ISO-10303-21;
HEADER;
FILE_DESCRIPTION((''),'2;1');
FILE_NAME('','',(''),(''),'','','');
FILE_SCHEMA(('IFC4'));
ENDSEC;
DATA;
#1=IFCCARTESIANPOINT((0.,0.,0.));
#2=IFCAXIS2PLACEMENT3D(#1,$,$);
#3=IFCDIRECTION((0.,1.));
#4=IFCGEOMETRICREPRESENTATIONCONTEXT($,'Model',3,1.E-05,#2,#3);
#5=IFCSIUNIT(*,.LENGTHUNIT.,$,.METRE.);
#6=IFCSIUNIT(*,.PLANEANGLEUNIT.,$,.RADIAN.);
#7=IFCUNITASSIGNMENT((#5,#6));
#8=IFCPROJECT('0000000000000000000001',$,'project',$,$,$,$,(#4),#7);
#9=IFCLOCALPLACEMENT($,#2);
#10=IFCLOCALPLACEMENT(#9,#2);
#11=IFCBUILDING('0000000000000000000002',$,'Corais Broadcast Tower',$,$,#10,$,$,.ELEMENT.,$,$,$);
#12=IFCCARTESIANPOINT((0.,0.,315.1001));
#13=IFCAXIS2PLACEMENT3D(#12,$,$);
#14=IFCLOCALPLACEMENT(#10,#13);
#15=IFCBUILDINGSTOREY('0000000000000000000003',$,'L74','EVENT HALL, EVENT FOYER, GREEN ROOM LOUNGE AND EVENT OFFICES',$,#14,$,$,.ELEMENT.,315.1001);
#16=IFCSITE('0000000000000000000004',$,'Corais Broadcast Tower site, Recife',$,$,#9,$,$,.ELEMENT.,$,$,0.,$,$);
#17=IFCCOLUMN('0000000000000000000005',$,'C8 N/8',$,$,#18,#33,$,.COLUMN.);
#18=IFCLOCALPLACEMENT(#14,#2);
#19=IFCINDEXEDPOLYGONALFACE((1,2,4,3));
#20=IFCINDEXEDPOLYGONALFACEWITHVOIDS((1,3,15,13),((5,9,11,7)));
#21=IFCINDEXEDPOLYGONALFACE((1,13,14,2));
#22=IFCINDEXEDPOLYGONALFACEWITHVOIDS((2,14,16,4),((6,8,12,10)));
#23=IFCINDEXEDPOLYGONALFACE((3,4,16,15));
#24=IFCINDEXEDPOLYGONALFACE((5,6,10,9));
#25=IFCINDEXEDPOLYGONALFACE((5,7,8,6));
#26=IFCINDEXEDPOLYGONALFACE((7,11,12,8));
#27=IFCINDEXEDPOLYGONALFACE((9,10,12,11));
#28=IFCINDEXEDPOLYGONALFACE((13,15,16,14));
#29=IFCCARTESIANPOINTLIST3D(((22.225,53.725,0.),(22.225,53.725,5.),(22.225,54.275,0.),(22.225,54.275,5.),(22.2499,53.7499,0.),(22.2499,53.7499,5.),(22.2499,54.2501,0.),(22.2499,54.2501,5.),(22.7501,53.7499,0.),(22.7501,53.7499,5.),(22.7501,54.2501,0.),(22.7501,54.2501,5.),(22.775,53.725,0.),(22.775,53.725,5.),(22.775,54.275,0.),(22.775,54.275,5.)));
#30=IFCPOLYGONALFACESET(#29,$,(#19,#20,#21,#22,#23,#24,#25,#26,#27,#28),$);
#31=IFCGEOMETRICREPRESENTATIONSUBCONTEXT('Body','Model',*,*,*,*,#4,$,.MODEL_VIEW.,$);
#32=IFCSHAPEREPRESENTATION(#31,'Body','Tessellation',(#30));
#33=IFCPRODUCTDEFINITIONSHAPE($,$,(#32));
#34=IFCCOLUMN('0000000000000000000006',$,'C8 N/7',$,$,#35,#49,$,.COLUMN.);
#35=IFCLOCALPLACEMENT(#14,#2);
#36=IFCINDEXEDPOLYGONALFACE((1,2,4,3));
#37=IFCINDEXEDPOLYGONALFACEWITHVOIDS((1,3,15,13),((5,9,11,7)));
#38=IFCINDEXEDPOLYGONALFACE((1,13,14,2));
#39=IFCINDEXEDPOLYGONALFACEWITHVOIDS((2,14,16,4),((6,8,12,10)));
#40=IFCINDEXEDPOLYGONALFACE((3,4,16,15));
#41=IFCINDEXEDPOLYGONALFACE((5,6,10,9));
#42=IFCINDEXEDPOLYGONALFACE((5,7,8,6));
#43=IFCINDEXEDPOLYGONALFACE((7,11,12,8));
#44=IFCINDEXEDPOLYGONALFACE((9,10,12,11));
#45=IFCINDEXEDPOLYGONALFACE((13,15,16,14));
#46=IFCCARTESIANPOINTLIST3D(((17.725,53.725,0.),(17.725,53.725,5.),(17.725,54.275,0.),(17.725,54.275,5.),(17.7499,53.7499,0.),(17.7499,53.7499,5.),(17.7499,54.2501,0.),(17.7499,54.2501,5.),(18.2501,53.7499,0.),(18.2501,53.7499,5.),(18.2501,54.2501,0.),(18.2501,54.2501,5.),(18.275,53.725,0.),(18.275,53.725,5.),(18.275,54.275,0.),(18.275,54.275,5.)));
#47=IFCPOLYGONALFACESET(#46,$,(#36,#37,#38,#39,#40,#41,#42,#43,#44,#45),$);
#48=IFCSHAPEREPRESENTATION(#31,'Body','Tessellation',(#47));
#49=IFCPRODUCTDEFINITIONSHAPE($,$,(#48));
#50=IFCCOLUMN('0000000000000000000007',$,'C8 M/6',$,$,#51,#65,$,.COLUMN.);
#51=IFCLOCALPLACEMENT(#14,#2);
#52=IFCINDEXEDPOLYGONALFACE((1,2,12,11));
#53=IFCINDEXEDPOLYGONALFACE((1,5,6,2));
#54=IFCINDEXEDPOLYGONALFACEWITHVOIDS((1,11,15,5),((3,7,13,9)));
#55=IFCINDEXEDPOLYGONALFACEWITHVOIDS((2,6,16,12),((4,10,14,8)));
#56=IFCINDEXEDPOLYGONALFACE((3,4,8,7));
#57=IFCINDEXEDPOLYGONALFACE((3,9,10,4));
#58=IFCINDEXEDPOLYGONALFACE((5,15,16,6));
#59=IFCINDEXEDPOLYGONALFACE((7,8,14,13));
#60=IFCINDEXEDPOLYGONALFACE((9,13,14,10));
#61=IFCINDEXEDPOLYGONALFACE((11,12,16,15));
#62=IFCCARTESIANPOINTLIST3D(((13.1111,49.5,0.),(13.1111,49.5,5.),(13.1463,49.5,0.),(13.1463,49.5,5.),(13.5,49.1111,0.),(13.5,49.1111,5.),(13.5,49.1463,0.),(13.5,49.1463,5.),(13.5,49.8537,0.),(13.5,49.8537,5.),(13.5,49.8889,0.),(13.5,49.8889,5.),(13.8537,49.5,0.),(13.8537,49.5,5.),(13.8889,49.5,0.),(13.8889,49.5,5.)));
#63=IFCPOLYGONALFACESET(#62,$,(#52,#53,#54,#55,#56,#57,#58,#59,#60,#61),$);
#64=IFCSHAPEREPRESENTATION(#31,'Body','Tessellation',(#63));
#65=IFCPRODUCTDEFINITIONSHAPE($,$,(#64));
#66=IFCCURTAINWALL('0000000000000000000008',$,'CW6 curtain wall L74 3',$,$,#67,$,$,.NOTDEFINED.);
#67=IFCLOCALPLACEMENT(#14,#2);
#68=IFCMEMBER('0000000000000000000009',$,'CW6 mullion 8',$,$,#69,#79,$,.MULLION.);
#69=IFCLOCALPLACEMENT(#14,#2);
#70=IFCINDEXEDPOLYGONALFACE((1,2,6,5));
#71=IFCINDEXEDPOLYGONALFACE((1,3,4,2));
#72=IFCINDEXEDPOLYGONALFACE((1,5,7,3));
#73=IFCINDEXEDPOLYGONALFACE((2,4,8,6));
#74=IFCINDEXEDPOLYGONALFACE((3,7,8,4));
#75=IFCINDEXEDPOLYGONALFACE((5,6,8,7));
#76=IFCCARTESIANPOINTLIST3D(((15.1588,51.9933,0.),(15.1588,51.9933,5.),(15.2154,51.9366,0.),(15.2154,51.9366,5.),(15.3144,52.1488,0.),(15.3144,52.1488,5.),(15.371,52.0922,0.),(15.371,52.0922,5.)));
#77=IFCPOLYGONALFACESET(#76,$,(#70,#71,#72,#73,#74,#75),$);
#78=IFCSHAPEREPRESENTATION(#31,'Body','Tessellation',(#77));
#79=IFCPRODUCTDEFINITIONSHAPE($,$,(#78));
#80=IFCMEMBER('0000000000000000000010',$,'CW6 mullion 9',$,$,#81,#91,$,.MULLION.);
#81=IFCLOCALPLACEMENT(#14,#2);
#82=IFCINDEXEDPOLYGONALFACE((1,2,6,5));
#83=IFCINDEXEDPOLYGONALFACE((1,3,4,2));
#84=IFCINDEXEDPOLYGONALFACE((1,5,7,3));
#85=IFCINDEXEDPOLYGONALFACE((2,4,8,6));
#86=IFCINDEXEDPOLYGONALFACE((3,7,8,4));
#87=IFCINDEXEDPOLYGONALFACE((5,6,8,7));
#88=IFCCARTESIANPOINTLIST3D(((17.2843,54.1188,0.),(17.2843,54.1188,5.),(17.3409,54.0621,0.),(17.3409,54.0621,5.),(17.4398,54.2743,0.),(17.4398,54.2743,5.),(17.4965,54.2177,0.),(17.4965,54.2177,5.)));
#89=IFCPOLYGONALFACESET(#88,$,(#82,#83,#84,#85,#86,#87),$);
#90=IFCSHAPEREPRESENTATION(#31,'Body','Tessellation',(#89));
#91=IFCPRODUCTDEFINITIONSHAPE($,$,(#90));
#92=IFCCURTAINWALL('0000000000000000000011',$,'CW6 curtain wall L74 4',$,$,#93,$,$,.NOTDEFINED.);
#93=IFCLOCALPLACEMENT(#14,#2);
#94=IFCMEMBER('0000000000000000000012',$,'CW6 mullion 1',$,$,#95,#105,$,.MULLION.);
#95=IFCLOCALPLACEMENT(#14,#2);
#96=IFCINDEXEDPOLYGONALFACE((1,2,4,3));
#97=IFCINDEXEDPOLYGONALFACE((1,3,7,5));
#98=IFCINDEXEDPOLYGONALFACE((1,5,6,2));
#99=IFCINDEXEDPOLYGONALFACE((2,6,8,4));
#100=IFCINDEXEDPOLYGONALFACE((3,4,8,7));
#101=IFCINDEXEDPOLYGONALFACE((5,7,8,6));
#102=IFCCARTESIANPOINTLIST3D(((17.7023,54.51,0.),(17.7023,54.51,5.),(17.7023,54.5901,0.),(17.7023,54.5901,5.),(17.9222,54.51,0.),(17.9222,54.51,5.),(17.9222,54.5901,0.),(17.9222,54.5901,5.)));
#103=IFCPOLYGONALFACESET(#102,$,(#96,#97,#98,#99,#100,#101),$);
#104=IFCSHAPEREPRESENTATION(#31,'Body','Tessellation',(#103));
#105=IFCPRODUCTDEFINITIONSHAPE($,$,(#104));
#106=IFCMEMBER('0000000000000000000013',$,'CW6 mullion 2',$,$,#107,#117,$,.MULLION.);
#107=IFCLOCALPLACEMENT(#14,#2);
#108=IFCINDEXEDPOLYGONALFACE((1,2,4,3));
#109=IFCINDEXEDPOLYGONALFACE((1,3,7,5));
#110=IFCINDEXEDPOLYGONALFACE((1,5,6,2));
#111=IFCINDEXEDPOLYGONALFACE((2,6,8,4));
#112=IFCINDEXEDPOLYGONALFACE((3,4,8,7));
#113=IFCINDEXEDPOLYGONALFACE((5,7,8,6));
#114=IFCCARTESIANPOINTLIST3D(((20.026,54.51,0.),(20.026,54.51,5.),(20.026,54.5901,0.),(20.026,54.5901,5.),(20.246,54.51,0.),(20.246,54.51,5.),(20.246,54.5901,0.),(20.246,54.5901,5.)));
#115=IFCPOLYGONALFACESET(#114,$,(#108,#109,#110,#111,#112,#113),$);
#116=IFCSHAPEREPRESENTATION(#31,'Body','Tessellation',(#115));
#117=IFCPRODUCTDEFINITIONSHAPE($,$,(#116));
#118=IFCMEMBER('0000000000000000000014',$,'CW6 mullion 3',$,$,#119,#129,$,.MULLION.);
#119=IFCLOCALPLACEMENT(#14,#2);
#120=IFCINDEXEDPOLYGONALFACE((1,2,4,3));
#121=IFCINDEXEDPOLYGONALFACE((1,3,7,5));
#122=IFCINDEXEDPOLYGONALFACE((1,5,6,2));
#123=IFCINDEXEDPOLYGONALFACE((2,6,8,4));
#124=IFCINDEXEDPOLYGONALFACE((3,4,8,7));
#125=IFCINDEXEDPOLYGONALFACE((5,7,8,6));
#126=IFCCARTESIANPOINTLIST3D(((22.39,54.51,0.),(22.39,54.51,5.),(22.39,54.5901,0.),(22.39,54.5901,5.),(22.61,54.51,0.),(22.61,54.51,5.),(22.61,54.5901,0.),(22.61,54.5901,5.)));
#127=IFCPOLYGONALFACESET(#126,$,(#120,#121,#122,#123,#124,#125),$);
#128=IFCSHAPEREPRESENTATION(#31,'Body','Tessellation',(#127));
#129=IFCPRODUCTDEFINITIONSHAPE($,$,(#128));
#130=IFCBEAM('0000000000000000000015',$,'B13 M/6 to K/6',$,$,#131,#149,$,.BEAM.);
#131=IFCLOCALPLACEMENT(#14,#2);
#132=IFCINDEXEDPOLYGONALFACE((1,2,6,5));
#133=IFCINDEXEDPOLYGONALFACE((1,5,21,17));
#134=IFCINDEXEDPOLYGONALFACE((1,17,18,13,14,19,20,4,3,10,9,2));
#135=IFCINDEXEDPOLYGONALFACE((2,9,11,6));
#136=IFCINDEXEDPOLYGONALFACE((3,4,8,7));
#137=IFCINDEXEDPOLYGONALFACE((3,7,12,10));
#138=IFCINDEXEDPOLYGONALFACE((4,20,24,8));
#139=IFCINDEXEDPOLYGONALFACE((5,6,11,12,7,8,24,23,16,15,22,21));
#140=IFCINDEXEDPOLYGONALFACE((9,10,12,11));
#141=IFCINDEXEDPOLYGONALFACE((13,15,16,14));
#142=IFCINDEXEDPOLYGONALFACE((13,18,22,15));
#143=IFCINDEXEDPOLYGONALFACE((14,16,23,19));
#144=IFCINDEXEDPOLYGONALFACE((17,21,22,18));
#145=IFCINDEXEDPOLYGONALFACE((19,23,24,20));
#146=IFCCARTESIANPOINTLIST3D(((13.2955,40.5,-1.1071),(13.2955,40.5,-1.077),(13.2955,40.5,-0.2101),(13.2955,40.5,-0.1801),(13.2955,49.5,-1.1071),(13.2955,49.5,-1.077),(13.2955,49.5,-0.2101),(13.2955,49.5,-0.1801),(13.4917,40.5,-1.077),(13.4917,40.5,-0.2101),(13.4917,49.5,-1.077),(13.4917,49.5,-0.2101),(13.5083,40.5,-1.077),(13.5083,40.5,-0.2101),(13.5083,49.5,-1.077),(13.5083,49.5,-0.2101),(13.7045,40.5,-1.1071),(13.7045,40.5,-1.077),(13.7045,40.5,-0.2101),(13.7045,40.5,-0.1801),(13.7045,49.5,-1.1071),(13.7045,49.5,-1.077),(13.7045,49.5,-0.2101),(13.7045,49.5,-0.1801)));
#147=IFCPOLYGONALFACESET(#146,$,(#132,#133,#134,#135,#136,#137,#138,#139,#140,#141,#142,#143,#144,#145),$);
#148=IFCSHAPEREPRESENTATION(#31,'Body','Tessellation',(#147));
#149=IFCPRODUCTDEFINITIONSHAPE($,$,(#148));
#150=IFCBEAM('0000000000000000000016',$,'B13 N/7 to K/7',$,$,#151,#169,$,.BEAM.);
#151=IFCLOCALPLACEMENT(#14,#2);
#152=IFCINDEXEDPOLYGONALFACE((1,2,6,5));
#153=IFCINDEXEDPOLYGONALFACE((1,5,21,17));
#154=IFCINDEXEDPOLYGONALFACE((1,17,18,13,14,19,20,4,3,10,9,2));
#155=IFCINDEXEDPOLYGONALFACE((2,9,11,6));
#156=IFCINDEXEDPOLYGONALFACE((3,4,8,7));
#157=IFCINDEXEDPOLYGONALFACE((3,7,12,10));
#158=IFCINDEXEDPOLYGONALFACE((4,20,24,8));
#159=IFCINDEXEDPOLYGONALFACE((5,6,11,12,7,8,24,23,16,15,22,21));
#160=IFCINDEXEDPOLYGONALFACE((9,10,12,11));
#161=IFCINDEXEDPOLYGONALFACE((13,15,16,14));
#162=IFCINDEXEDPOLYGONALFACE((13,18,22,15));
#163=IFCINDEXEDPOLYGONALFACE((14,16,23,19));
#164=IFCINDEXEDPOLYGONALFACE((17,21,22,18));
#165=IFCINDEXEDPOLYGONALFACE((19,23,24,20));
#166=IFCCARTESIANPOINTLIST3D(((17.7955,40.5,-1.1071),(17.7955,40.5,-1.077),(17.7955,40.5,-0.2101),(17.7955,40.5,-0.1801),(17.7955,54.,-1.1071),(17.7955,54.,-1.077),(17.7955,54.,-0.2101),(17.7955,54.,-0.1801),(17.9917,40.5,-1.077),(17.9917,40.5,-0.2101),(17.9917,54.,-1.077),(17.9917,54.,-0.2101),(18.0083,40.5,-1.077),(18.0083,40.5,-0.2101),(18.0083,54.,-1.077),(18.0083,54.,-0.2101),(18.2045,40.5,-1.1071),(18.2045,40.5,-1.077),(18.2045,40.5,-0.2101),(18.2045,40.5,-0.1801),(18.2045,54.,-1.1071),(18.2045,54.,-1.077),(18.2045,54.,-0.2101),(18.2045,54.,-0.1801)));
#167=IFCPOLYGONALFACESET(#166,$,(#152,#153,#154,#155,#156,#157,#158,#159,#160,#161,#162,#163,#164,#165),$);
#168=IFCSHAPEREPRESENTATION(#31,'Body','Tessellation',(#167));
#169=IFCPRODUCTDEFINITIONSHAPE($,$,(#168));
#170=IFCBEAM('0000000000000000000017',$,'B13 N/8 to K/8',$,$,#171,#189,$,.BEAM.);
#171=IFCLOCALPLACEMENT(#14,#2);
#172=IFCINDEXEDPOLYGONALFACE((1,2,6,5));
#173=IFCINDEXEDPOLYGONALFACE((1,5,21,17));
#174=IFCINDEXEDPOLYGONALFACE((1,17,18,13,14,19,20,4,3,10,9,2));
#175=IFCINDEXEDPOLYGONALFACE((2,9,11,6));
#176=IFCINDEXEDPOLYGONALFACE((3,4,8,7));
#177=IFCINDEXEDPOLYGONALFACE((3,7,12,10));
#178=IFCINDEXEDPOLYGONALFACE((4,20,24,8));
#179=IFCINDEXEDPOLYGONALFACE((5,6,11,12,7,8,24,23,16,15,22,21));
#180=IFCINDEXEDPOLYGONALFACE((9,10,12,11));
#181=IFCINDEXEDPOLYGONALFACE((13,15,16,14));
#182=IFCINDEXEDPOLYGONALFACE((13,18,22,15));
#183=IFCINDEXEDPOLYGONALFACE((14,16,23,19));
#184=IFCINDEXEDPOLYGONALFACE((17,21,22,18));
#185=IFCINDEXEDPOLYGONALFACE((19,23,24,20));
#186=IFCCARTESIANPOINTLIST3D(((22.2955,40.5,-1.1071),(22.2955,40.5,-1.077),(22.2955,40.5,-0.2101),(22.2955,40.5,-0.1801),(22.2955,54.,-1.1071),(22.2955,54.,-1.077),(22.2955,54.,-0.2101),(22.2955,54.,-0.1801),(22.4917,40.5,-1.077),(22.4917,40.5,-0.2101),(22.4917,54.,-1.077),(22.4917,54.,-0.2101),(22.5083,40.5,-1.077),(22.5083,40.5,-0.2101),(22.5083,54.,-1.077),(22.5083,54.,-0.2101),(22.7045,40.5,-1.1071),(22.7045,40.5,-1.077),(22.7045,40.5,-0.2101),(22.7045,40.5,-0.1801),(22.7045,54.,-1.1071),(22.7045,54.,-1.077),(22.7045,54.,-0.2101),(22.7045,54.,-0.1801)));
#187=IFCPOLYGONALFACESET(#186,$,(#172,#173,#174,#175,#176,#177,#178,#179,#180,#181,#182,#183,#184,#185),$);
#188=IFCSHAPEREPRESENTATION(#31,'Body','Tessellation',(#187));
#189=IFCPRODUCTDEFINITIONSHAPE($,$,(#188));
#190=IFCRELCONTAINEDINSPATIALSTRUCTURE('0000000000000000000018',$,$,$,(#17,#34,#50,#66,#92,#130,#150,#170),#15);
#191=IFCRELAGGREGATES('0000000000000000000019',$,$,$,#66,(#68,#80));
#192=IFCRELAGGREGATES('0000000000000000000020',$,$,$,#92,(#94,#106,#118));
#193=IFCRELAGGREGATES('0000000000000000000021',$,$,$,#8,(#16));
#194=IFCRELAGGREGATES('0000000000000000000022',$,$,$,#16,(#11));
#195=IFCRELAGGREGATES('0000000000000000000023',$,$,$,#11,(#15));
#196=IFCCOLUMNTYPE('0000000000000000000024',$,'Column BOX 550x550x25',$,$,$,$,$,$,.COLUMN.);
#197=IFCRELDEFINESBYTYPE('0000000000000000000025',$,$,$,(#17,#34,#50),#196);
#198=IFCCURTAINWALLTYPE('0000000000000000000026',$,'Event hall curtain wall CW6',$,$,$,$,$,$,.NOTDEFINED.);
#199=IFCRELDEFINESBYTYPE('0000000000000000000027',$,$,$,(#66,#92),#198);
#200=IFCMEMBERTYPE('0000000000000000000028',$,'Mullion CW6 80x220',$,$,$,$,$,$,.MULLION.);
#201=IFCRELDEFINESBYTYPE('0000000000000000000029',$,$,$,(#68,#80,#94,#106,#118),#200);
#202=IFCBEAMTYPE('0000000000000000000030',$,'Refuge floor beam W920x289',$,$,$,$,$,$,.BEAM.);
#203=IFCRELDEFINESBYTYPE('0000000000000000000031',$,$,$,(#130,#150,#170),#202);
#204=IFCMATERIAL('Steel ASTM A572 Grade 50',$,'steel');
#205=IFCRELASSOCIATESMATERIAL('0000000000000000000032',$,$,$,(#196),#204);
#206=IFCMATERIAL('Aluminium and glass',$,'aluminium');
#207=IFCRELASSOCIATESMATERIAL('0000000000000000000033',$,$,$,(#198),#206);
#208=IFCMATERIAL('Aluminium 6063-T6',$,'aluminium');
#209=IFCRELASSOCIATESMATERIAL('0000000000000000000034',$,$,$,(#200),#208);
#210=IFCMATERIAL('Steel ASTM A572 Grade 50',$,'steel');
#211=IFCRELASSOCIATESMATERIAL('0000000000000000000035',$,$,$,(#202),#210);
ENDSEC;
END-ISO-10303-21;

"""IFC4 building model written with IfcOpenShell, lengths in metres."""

from ifc_helpers import new_model, si_unit, direction, frame, origin, origin_2d, place, context, subcontext, project, spatial, rectangle, hollow_rectangle, i_section, extrude, material, material_profile, profile_set, type_object, element, aggregate, save


model = new_model("IFC4")

# Units and contexts
model_context = context("Model", 3, precision=1e-05, world=origin(), true_north=direction((0.0, 1.0)))
body_context = subcontext(model_context, "Body", "Model", "MODEL_VIEW")
ifc_project = project(units=[si_unit("LENGTHUNIT", "METRE"), si_unit("PLANEANGLEUNIT", "RADIAN")], contexts=[model_context])

# Site, building, storey
site_placement = place(None, origin())
site = spatial("IfcSite", under=ifc_project, at=site_placement, Name="Corais Broadcast Tower site, Recife", CompositionType="ELEMENT", RefElevation=0.0)
building_placement = place(site_placement, origin())
building = spatial("IfcBuilding", under=site, at=building_placement, Name="Corais Broadcast Tower", CompositionType="ELEMENT")
storey_placement = place(building_placement, frame((0.0, 0.0, 315.1001)))
storey = spatial("IfcBuildingStorey", under=building, at=storey_placement, Name="L74", Description="EVENT HALL, EVENT FOYER, GREEN ROOM LOUNGE AND EVENT OFFICES", CompositionType="ELEMENT", Elevation=315.1001)

# Columns
ifc_material_1 = material(Name="Steel ASTM A572 Grade 50", Category="steel")
ifc_material_profile_1 = material_profile(ifc_material_1, hollow_rectangle(XDim=0.55, YDim=0.55, WallThickness=0.0249, at=origin_2d()), Name="BOX 550x550x25")
ifc_profile_set_1 = profile_set([ifc_material_profile_1], Name="Steel ASTM A572 Grade 50")
column_type = type_object("IfcColumnType", Name="Column BOX 550x550x25", PredefinedType="COLUMN", material=ifc_profile_set_1)
for number, where, z_axis, x_axis, name in (
    (1, (22.5, 54.0, 0.0), (0.0, 0.0, 1.0), (1.0, 0.0, 0.0), "C8 N/8"),
    (2, (18.0, 54.0, 0.0), (0.0, 0.0, 1.0), (1.0, 0.0, 0.0), "C8 N/7"),
    (3, (13.5, 49.5, 0.0), (0.0, 0.0, 1.0), (0.707107, 0.707107, 0.0), "C8 M/6"),
):
    element("IfcColumn", number, at=place(storey_placement, frame(where, z_axis=z_axis, x_axis=x_axis)), inside=storey, type_object=column_type, Name=name, PredefinedType="COLUMN", context=body_context, shape_type="SweptSolid", body=[
        extrude(hollow_rectangle(XDim=0.55, YDim=0.55, WallThickness=0.0249, at=origin_2d()), origin(), (0.0, 0.0, 1.0), 5.0),
    ])

# Curtain walls, members
ifc_material_2 = material(Name="Aluminium and glass", Category="aluminium")
curtain_wall_type = type_object("IfcCurtainWallType", Name="Event hall curtain wall CW6", PredefinedType="NOTDEFINED", material=ifc_material_2)
curtain_wall_1_placement = place(storey_placement, origin())
curtain_wall_1 = element("IfcCurtainWall", 4, at=curtain_wall_1_placement, inside=storey, type_object=curtain_wall_type, Name="CW6 curtain wall L74 3", PredefinedType="NOTDEFINED")
ifc_material_3 = material(Name="Aluminium 6063-T6", Category="aluminium")
ifc_material_profile_2 = material_profile(ifc_material_3, rectangle(XDim=0.0801, YDim=0.22, at=origin_2d()), Name="Mullion CW6 80x220")
ifc_profile_set_2 = profile_set([ifc_material_profile_2], Name="Aluminium 6063-T6")
member_type_1 = type_object("IfcMemberType", Name="Mullion CW6 80x220", PredefinedType="MULLION", material=ifc_profile_set_2)
member_1_placement = place(storey_placement, frame((15.2649, 52.0427, 0.0), z_axis=(0.0, 0.0, 1.0), x_axis=(-0.707107, 0.707107, 0.0)))
member_1 = element("IfcMember", 5, at=member_1_placement, type_object=member_type_1, Name="CW6 mullion 8", PredefinedType="MULLION", context=body_context, shape_type="SweptSolid", body=[
    extrude(rectangle(XDim=0.0801, YDim=0.22, at=origin_2d()), origin(), (0.0, 0.0, 1.0), 5.0),
])
member_2_placement = place(storey_placement, frame((17.3904, 54.1682, 0.0), z_axis=(0.0, 0.0, 1.0), x_axis=(-0.707107, 0.707107, 0.0)))
member_2 = element("IfcMember", 6, at=member_2_placement, type_object=member_type_1, Name="CW6 mullion 9", PredefinedType="MULLION", context=body_context, shape_type="SweptSolid", body=[
    extrude(rectangle(XDim=0.0801, YDim=0.22, at=origin_2d()), origin(), (0.0, 0.0, 1.0), 5.0),
])
curtain_wall_2_placement = place(storey_placement, origin())
curtain_wall_2 = element("IfcCurtainWall", 7, at=curtain_wall_2_placement, inside=storey, type_object=curtain_wall_type, Name="CW6 curtain wall L74 4", PredefinedType="NOTDEFINED")
member_3_placement = place(storey_placement, frame((17.8123, 54.55, 0.0), z_axis=(0.0, 0.0, 1.0), x_axis=(0.0, 1.0, 0.0)))
member_3 = element("IfcMember", 8, at=member_3_placement, type_object=member_type_1, Name="CW6 mullion 1", PredefinedType="MULLION", context=body_context, shape_type="SweptSolid", body=[
    extrude(rectangle(XDim=0.0801, YDim=0.22, at=origin_2d()), origin(), (0.0, 0.0, 1.0), 5.0),
])
member_4_placement = place(storey_placement, frame((20.136, 54.55, 0.0), z_axis=(0.0, 0.0, 1.0), x_axis=(0.0, 1.0, 0.0)))
member_4 = element("IfcMember", 9, at=member_4_placement, type_object=member_type_1, Name="CW6 mullion 2", PredefinedType="MULLION", context=body_context, shape_type="SweptSolid", body=[
    extrude(rectangle(XDim=0.0801, YDim=0.22, at=origin_2d()), origin(), (0.0, 0.0, 1.0), 5.0),
])
member_5_placement = place(storey_placement, frame((22.5, 54.55, 0.0), z_axis=(0.0, 0.0, 1.0), x_axis=(0.0, 1.0, 0.0)))
member_5 = element("IfcMember", 10, at=member_5_placement, type_object=member_type_1, Name="CW6 mullion 3", PredefinedType="MULLION", context=body_context, shape_type="SweptSolid", body=[
    extrude(rectangle(XDim=0.0801, YDim=0.22, at=origin_2d()), origin(), (0.0, 0.0, 1.0), 5.0),
])

# Beams
ifc_material_4 = material(Name="Steel ASTM A572 Grade 50", Category="steel")
ifc_material_profile_3 = material_profile(ifc_material_4, i_section(OverallWidth=0.4089, OverallDepth=0.927, WebThickness=0.0166, FlangeThickness=0.03, at=origin_2d()), Name="W920x289")
ifc_profile_set_3 = profile_set([ifc_material_profile_3], Name="Steel ASTM A572 Grade 50")
beam_type_1 = type_object("IfcBeamType", Name="Refuge floor beam W920x289", PredefinedType="BEAM", material=ifc_profile_set_3)
beam_1_placement = place(storey_placement, frame((13.5, 49.5, -0.6436), z_axis=(0.0, -1.0, 0.0), x_axis=(1.0, 0.0, 0.0)))
element("IfcBeam", 11, at=beam_1_placement, inside=storey, type_object=beam_type_1, Name="B13 M/6 to K/6", PredefinedType="BEAM", context=body_context, shape_type="SweptSolid", body=[
    extrude(i_section(OverallWidth=0.4089, OverallDepth=0.927, WebThickness=0.0166, FlangeThickness=0.03, at=origin_2d()), origin(), (0.0, 0.0, 1.0), 9.0),
])
for number, where, z_axis, x_axis, name in (
    (12, (18.0, 54.0, -0.6436), (0.0, -1.0, 0.0), (1.0, 0.0, 0.0), "B13 N/7 to K/7"),
    (13, (22.5, 54.0, -0.6436), (0.0, -1.0, 0.0), (1.0, 0.0, 0.0), "B13 N/8 to K/8"),
):
    element("IfcBeam", number, at=place(storey_placement, frame(where, z_axis=z_axis, x_axis=x_axis)), inside=storey, type_object=beam_type_1, Name=name, PredefinedType="BEAM", context=body_context, shape_type="SweptSolid", body=[
        extrude(i_section(OverallWidth=0.4089, OverallDepth=0.927, WebThickness=0.0166, FlangeThickness=0.03, at=origin_2d()), origin(), (0.0, 0.0, 1.0), 13.5),
    ])

aggregate(curtain_wall_1, [member_1, member_2])
aggregate(curtain_wall_2, [member_3, member_4, member_5])

save(model, "model.ifc")
